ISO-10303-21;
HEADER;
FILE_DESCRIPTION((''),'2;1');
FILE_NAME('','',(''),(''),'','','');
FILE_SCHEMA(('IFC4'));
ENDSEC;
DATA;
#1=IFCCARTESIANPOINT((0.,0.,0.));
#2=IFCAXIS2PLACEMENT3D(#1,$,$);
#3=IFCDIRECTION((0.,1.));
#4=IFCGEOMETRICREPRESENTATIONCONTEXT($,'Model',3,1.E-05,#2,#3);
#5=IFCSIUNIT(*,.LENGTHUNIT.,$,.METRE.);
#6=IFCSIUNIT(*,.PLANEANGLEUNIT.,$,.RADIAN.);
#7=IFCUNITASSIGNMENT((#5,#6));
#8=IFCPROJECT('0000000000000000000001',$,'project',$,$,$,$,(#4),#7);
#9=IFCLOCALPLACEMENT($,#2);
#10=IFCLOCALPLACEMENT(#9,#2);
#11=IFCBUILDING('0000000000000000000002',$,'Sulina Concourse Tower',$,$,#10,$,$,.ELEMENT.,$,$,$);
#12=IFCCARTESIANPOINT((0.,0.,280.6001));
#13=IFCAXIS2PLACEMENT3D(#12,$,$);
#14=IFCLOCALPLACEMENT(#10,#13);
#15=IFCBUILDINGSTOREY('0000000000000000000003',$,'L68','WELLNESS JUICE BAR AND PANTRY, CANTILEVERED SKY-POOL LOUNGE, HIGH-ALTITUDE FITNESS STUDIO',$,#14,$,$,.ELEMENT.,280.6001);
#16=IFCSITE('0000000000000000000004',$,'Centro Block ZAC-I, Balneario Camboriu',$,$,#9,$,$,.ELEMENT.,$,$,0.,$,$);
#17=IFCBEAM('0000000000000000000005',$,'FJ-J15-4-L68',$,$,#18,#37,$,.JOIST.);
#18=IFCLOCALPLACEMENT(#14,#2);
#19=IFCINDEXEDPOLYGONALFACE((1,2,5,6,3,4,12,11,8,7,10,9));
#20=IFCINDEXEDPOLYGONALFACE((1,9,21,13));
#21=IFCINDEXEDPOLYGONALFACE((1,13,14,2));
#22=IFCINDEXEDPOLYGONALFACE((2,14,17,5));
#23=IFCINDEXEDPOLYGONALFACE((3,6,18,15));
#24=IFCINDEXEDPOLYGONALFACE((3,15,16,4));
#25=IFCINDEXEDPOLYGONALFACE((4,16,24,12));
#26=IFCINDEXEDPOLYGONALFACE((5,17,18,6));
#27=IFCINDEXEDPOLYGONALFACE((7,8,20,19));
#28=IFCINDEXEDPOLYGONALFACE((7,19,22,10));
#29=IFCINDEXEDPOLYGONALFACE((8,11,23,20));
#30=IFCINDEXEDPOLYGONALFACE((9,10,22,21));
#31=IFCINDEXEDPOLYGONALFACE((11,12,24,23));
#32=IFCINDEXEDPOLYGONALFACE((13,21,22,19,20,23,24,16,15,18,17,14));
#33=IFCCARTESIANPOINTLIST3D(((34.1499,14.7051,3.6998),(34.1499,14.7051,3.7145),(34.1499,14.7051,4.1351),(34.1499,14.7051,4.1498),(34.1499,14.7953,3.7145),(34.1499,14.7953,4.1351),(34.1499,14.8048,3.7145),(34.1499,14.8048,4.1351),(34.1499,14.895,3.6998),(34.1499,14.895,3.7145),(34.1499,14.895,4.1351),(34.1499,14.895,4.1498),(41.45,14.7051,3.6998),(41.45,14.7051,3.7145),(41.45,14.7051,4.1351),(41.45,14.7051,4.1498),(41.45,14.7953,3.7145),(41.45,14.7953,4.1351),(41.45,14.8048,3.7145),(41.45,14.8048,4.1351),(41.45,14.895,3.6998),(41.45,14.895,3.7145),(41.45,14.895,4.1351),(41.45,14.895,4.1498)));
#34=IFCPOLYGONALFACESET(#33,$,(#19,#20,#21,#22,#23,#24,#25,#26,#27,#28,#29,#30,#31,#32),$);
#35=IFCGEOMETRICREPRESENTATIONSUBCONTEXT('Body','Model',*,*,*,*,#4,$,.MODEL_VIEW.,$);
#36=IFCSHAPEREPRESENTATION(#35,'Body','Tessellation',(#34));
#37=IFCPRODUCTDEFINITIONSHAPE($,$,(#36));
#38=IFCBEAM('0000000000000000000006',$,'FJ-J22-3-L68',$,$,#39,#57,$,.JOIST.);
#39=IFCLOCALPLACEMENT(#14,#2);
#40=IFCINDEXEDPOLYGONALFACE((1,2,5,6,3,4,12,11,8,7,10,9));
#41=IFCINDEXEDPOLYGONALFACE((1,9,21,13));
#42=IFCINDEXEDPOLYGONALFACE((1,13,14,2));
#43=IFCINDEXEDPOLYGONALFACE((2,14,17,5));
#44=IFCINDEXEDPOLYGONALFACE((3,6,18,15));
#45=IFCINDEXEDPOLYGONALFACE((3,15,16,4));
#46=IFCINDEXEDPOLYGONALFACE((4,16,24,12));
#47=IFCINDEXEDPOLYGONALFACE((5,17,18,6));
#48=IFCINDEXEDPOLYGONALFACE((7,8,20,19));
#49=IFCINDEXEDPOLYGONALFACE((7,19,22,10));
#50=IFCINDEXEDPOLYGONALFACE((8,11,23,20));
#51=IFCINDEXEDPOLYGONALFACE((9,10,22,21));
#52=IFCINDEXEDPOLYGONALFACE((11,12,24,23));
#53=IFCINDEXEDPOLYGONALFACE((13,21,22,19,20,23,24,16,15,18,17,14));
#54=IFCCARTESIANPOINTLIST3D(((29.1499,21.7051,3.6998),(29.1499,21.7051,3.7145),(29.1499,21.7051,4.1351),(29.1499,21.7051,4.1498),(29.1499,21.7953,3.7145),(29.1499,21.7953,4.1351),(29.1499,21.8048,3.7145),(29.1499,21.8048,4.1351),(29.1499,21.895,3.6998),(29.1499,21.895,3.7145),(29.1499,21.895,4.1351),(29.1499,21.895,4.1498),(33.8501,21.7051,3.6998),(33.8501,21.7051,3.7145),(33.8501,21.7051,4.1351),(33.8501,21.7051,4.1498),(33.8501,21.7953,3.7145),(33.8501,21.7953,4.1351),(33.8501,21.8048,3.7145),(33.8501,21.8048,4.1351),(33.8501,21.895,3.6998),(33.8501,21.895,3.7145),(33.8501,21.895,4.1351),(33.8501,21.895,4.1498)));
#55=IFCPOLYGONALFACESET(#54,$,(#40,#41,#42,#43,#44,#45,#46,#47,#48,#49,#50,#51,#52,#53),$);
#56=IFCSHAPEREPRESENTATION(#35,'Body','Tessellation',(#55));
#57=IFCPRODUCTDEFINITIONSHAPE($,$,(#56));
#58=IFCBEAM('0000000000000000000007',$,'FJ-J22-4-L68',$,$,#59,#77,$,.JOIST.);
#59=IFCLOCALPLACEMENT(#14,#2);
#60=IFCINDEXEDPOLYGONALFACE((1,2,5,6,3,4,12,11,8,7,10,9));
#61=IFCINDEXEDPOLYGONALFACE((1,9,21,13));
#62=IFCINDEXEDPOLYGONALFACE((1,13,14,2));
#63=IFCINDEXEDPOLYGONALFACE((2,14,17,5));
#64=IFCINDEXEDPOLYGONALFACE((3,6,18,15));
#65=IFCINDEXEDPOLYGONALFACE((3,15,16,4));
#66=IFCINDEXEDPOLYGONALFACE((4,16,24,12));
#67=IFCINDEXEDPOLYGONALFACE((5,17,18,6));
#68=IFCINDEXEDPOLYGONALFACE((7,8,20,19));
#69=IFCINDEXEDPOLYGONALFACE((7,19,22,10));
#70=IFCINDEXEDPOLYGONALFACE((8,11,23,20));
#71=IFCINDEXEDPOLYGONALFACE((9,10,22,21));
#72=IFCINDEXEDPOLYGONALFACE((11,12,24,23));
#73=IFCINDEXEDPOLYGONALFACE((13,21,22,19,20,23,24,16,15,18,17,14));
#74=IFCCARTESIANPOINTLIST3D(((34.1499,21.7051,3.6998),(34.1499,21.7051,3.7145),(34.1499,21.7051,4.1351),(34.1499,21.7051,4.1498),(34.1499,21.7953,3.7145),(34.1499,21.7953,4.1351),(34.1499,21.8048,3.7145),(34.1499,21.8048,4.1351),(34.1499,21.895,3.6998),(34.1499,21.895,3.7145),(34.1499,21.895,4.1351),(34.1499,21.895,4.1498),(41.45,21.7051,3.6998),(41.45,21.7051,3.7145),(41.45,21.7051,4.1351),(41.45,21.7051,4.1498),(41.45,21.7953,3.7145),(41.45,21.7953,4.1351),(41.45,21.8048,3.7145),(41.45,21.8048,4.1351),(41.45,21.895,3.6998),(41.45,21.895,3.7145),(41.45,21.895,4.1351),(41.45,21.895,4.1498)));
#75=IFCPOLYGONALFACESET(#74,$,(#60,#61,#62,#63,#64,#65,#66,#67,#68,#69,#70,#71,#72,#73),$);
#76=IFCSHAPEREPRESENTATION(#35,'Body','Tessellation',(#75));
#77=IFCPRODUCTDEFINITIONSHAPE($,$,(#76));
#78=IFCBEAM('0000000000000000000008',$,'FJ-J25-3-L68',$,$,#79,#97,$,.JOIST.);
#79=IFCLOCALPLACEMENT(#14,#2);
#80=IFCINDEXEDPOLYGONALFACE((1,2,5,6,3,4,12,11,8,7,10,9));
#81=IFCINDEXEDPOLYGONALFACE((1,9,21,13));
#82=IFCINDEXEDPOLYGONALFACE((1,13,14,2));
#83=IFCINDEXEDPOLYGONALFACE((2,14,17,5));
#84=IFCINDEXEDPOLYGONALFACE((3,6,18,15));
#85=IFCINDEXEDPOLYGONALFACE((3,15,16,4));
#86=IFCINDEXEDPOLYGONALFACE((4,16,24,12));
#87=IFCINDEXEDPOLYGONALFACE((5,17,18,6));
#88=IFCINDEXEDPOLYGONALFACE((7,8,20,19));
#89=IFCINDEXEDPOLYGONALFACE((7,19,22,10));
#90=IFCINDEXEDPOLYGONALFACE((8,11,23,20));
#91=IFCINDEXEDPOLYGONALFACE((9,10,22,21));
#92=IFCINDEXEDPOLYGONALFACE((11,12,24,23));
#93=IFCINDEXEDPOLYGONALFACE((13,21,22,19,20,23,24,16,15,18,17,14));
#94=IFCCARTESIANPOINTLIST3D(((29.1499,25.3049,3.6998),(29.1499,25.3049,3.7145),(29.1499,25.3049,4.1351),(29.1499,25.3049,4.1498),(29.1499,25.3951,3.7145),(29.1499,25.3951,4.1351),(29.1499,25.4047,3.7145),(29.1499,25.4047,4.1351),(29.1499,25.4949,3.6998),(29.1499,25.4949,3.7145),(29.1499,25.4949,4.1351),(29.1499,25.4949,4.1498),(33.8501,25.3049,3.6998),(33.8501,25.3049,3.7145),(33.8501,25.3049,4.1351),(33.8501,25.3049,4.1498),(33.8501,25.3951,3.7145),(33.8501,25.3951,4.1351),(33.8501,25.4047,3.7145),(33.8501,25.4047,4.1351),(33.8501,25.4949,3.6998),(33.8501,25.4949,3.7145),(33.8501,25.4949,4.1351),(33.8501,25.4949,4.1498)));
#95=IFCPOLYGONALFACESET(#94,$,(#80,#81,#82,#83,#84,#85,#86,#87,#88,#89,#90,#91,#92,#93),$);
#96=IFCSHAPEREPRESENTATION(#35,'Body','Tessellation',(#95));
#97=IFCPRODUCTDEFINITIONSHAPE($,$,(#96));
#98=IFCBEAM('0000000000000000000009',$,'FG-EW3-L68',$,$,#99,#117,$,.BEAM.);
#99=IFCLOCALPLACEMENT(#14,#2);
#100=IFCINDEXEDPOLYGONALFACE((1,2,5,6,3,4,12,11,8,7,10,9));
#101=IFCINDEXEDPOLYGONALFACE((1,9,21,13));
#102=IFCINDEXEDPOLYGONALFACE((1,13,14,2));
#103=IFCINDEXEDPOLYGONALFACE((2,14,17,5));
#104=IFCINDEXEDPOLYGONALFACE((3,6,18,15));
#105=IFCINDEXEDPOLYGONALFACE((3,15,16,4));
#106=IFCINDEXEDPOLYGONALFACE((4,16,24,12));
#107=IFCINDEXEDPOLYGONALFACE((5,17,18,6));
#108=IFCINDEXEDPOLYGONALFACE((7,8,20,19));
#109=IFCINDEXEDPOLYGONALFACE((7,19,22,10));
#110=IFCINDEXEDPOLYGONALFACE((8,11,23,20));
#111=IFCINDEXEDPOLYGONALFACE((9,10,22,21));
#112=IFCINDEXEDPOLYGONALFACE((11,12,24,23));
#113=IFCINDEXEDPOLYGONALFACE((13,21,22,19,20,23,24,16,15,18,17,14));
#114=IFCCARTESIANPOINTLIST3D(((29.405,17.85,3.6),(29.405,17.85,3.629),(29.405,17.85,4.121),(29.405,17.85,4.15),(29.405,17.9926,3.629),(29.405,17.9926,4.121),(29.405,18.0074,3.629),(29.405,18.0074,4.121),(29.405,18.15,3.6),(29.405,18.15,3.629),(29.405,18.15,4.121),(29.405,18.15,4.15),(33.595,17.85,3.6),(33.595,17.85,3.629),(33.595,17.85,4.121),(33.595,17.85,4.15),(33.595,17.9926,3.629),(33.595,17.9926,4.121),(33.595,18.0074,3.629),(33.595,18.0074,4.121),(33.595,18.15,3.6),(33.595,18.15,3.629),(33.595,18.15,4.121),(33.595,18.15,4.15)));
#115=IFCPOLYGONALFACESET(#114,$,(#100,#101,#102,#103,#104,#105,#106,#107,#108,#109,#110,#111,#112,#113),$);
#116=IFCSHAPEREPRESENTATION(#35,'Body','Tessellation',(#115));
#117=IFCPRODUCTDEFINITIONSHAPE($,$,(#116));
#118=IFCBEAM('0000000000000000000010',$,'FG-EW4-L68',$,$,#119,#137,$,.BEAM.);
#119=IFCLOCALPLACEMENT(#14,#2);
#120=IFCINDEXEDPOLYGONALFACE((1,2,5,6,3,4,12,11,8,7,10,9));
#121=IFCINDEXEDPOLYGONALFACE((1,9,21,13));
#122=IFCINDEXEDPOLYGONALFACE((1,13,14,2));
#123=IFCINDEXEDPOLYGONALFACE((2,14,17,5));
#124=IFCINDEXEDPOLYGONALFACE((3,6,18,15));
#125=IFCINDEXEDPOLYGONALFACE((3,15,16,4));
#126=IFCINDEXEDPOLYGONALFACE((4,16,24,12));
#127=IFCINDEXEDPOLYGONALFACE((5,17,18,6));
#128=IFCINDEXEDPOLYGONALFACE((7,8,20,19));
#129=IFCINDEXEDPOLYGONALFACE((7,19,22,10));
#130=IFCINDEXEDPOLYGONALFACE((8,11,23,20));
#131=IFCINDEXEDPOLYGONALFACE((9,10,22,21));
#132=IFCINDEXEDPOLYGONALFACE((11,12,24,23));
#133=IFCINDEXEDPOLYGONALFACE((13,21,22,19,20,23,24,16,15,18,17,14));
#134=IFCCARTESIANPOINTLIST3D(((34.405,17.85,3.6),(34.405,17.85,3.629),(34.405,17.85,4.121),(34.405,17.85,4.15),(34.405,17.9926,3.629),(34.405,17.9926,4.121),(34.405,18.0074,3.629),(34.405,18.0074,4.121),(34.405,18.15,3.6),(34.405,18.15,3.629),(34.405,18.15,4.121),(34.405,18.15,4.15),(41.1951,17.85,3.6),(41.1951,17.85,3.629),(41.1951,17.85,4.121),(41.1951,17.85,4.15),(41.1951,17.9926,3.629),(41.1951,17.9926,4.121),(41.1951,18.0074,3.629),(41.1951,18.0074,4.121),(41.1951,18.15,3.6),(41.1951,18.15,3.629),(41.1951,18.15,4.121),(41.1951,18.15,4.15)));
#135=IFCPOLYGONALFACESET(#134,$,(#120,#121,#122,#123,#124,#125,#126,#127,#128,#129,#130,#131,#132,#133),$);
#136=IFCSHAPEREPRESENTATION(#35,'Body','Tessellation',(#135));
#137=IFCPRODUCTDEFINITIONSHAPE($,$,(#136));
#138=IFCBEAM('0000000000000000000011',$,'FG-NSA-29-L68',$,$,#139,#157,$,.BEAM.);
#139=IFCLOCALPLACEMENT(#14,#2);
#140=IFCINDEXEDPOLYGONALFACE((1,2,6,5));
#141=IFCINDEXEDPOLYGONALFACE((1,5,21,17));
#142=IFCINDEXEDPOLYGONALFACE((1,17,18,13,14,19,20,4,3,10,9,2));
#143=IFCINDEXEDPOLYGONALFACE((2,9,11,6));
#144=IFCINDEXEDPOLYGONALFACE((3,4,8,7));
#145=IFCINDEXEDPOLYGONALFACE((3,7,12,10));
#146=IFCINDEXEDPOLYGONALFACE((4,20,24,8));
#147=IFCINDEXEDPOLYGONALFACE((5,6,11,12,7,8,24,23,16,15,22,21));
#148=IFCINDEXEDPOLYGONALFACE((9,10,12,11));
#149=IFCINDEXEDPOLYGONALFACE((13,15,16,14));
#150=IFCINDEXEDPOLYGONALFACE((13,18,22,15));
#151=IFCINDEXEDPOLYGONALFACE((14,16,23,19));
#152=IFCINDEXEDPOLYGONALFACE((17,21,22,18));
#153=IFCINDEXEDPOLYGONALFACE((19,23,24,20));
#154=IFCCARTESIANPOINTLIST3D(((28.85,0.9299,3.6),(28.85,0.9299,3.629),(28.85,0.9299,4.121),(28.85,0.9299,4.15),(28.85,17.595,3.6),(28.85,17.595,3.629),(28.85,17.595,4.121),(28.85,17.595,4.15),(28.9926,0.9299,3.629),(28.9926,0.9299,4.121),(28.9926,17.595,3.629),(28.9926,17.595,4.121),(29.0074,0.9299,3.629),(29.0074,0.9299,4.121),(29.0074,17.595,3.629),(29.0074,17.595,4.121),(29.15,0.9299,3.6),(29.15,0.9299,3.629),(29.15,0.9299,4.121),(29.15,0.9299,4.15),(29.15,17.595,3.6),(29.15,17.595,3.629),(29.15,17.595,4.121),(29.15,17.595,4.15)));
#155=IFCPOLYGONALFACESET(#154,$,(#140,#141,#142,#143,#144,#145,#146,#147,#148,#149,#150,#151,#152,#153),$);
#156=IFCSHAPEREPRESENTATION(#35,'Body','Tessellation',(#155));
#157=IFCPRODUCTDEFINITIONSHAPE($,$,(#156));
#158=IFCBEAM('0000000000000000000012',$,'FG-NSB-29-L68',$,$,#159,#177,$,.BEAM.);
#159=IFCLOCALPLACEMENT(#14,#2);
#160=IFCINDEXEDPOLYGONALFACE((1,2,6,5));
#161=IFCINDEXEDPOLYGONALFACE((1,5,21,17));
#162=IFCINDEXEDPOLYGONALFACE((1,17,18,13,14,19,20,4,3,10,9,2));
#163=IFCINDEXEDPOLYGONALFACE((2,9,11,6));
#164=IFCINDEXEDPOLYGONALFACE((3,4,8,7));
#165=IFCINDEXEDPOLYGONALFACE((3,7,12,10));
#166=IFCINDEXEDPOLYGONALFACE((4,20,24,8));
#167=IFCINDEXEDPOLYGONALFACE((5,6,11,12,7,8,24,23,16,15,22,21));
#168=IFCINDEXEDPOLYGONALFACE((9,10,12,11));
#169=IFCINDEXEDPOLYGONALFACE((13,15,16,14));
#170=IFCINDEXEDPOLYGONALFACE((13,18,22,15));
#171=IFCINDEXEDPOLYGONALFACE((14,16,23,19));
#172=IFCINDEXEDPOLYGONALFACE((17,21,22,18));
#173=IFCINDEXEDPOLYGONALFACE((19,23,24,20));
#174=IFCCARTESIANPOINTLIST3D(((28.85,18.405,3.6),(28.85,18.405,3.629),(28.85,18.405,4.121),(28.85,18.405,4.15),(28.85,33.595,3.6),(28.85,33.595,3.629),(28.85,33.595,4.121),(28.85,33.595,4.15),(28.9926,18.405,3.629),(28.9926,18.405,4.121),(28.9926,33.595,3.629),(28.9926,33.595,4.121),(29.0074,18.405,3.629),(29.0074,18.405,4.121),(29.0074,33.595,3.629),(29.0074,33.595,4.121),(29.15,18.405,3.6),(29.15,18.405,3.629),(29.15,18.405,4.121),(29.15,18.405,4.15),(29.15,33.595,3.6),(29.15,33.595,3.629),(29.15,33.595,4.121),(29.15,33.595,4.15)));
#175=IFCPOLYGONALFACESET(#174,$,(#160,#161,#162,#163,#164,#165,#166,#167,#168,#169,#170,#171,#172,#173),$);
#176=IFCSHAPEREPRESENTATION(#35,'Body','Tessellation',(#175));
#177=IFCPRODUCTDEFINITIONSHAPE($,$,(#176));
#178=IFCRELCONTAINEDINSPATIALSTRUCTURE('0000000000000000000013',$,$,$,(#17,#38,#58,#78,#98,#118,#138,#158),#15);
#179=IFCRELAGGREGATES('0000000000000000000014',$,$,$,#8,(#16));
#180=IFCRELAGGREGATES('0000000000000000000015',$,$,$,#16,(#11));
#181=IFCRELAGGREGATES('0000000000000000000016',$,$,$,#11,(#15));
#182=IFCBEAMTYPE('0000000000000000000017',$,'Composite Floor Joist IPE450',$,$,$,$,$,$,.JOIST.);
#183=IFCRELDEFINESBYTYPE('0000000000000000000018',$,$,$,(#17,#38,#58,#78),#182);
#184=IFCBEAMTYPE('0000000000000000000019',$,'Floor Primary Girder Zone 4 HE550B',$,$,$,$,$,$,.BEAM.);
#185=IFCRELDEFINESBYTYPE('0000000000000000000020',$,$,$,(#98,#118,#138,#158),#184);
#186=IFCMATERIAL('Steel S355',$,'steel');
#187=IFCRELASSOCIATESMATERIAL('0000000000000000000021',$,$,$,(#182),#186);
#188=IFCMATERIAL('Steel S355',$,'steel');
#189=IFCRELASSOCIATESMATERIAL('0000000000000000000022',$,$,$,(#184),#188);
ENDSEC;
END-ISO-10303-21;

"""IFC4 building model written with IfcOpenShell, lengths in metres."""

from ifc_helpers import new_model, si_unit, direction, frame, origin, origin_2d, place, context, subcontext, project, spatial, i_section, extrude, material, material_profile, profile_set, type_object, element, save


model = new_model("IFC4")

# Units and contexts
model_context = context("Model", 3, precision=1e-05, world=origin(), true_north=direction((0.0, 1.0)))
body_context = subcontext(model_context, "Body", "Model", "MODEL_VIEW")
ifc_project = project(units=[si_unit("LENGTHUNIT", "METRE"), si_unit("PLANEANGLEUNIT", "RADIAN")], contexts=[model_context])

# Site, building, storey
site_placement = place(None, origin())
site = spatial("IfcSite", under=ifc_project, at=site_placement, Name="Centro Block ZAC-I, Balneario Camboriu", CompositionType="ELEMENT", RefElevation=0.0)
building_placement = place(site_placement, origin())
building = spatial("IfcBuilding", under=site, at=building_placement, Name="Sulina Concourse Tower", CompositionType="ELEMENT")
storey_placement = place(building_placement, frame((0.0, 0.0, 280.6001)))
storey = spatial("IfcBuildingStorey", under=building, at=storey_placement, Name="L68", Description="WELLNESS JUICE BAR AND PANTRY, CANTILEVERED SKY-POOL LOUNGE, HIGH-ALTITUDE FITNESS STUDIO", CompositionType="ELEMENT", Elevation=280.6001)

# Beams
ifc_material_1 = material(Name="Steel S355", Category="steel")
ifc_material_profile_1 = material_profile(ifc_material_1, i_section(OverallWidth=0.1899, OverallDepth=0.45, WebThickness=0.0095, FlangeThickness=0.0146, at=origin_2d()), Name="IPE 450")
ifc_profile_set_1 = profile_set([ifc_material_profile_1], Name="Steel S355")
beam_type_1 = type_object("IfcBeamType", Name="Composite Floor Joist IPE450", PredefinedType="JOIST", material=ifc_profile_set_1)
beam_1_placement = place(storey_placement, frame((34.1499, 14.8, 3.9248), z_axis=(1.0, 0.0, 0.0), x_axis=(0.0, 1.0, 0.0)))
element("IfcBeam", 1, at=beam_1_placement, inside=storey, type_object=beam_type_1, Name="FJ-J15-4-L68", PredefinedType="JOIST", context=body_context, shape_type="SweptSolid", body=[
    extrude(i_section(OverallWidth=0.1899, OverallDepth=0.45, WebThickness=0.0095, FlangeThickness=0.0146, at=origin_2d()), origin(), (0.0, 0.0, 1.0), 7.3),
])
beam_2_placement = place(storey_placement, frame((29.1499, 21.8, 3.9248), z_axis=(1.0, 0.0, 0.0), x_axis=(0.0, 1.0, 0.0)))
element("IfcBeam", 2, at=beam_2_placement, inside=storey, type_object=beam_type_1, Name="FJ-J22-3-L68", PredefinedType="JOIST", context=body_context, shape_type="SweptSolid", body=[
    extrude(i_section(OverallWidth=0.1899, OverallDepth=0.45, WebThickness=0.0095, FlangeThickness=0.0146, at=origin_2d()), origin(), (0.0, 0.0, 1.0), 4.7002),
])
beam_3_placement = place(storey_placement, frame((34.1499, 21.8, 3.9248), z_axis=(1.0, 0.0, 0.0), x_axis=(0.0, 1.0, 0.0)))
element("IfcBeam", 3, at=beam_3_placement, inside=storey, type_object=beam_type_1, Name="FJ-J22-4-L68", PredefinedType="JOIST", context=body_context, shape_type="SweptSolid", body=[
    extrude(i_section(OverallWidth=0.1899, OverallDepth=0.45, WebThickness=0.0095, FlangeThickness=0.0146, at=origin_2d()), origin(), (0.0, 0.0, 1.0), 7.3),
])
beam_4_placement = place(storey_placement, frame((29.1499, 25.3999, 3.9248), z_axis=(1.0, 0.0, 0.0), x_axis=(0.0, 1.0, 0.0)))
element("IfcBeam", 4, at=beam_4_placement, inside=storey, type_object=beam_type_1, Name="FJ-J25-3-L68", PredefinedType="JOIST", context=body_context, shape_type="SweptSolid", body=[
    extrude(i_section(OverallWidth=0.1899, OverallDepth=0.45, WebThickness=0.0095, FlangeThickness=0.0146, at=origin_2d()), origin(), (0.0, 0.0, 1.0), 4.7002),
])
ifc_material_2 = material(Name="Steel S355", Category="steel")
ifc_material_profile_2 = material_profile(ifc_material_2, i_section(OverallWidth=0.3, OverallDepth=0.55, WebThickness=0.0149, FlangeThickness=0.0291, at=origin_2d()), Name="HE 550 B")
ifc_profile_set_2 = profile_set([ifc_material_profile_2], Name="Steel S355")
beam_type_2 = type_object("IfcBeamType", Name="Floor Primary Girder Zone 4 HE550B", PredefinedType="BEAM", material=ifc_profile_set_2)
beam_5_placement = place(storey_placement, frame((29.405, 18.0, 3.875), z_axis=(1.0, 0.0, 0.0), x_axis=(0.0, 1.0, 0.0)))
element("IfcBeam", 5, at=beam_5_placement, inside=storey, type_object=beam_type_2, Name="FG-EW3-L68", PredefinedType="BEAM", context=body_context, shape_type="SweptSolid", body=[
    extrude(i_section(OverallWidth=0.3, OverallDepth=0.55, WebThickness=0.0149, FlangeThickness=0.0291, at=origin_2d()), origin(), (0.0, 0.0, 1.0), 4.1899),
])
beam_6_placement = place(storey_placement, frame((34.405, 18.0, 3.875), z_axis=(1.0, 0.0, 0.0), x_axis=(0.0, 1.0, 0.0)))
element("IfcBeam", 6, at=beam_6_placement, inside=storey, type_object=beam_type_2, Name="FG-EW4-L68", PredefinedType="BEAM", context=body_context, shape_type="SweptSolid", body=[
    extrude(i_section(OverallWidth=0.3, OverallDepth=0.55, WebThickness=0.0149, FlangeThickness=0.0291, at=origin_2d()), origin(), (0.0, 0.0, 1.0), 6.79),
])
beam_7_placement = place(storey_placement, frame((29.0, 0.9299, 3.875), z_axis=(0.0, 1.0, 0.0), x_axis=(-1.0, 0.0, 0.0)))
element("IfcBeam", 7, at=beam_7_placement, inside=storey, type_object=beam_type_2, Name="FG-NSA-29-L68", PredefinedType="BEAM", context=body_context, shape_type="SweptSolid", body=[
    extrude(i_section(OverallWidth=0.3, OverallDepth=0.55, WebThickness=0.0149, FlangeThickness=0.0291, at=origin_2d()), origin(), (0.0, 0.0, 1.0), 16.665),
])
beam_8_placement = place(storey_placement, frame((29.0, 18.405, 3.875), z_axis=(0.0, 1.0, 0.0), x_axis=(-1.0, 0.0, 0.0)))
element("IfcBeam", 8, at=beam_8_placement, inside=storey, type_object=beam_type_2, Name="FG-NSB-29-L68", PredefinedType="BEAM", context=body_context, shape_type="SweptSolid", body=[
    extrude(i_section(OverallWidth=0.3, OverallDepth=0.55, WebThickness=0.0149, FlangeThickness=0.0291, at=origin_2d()), origin(), (0.0, 0.0, 1.0), 15.1899),
])

save(model, "model.ifc")
